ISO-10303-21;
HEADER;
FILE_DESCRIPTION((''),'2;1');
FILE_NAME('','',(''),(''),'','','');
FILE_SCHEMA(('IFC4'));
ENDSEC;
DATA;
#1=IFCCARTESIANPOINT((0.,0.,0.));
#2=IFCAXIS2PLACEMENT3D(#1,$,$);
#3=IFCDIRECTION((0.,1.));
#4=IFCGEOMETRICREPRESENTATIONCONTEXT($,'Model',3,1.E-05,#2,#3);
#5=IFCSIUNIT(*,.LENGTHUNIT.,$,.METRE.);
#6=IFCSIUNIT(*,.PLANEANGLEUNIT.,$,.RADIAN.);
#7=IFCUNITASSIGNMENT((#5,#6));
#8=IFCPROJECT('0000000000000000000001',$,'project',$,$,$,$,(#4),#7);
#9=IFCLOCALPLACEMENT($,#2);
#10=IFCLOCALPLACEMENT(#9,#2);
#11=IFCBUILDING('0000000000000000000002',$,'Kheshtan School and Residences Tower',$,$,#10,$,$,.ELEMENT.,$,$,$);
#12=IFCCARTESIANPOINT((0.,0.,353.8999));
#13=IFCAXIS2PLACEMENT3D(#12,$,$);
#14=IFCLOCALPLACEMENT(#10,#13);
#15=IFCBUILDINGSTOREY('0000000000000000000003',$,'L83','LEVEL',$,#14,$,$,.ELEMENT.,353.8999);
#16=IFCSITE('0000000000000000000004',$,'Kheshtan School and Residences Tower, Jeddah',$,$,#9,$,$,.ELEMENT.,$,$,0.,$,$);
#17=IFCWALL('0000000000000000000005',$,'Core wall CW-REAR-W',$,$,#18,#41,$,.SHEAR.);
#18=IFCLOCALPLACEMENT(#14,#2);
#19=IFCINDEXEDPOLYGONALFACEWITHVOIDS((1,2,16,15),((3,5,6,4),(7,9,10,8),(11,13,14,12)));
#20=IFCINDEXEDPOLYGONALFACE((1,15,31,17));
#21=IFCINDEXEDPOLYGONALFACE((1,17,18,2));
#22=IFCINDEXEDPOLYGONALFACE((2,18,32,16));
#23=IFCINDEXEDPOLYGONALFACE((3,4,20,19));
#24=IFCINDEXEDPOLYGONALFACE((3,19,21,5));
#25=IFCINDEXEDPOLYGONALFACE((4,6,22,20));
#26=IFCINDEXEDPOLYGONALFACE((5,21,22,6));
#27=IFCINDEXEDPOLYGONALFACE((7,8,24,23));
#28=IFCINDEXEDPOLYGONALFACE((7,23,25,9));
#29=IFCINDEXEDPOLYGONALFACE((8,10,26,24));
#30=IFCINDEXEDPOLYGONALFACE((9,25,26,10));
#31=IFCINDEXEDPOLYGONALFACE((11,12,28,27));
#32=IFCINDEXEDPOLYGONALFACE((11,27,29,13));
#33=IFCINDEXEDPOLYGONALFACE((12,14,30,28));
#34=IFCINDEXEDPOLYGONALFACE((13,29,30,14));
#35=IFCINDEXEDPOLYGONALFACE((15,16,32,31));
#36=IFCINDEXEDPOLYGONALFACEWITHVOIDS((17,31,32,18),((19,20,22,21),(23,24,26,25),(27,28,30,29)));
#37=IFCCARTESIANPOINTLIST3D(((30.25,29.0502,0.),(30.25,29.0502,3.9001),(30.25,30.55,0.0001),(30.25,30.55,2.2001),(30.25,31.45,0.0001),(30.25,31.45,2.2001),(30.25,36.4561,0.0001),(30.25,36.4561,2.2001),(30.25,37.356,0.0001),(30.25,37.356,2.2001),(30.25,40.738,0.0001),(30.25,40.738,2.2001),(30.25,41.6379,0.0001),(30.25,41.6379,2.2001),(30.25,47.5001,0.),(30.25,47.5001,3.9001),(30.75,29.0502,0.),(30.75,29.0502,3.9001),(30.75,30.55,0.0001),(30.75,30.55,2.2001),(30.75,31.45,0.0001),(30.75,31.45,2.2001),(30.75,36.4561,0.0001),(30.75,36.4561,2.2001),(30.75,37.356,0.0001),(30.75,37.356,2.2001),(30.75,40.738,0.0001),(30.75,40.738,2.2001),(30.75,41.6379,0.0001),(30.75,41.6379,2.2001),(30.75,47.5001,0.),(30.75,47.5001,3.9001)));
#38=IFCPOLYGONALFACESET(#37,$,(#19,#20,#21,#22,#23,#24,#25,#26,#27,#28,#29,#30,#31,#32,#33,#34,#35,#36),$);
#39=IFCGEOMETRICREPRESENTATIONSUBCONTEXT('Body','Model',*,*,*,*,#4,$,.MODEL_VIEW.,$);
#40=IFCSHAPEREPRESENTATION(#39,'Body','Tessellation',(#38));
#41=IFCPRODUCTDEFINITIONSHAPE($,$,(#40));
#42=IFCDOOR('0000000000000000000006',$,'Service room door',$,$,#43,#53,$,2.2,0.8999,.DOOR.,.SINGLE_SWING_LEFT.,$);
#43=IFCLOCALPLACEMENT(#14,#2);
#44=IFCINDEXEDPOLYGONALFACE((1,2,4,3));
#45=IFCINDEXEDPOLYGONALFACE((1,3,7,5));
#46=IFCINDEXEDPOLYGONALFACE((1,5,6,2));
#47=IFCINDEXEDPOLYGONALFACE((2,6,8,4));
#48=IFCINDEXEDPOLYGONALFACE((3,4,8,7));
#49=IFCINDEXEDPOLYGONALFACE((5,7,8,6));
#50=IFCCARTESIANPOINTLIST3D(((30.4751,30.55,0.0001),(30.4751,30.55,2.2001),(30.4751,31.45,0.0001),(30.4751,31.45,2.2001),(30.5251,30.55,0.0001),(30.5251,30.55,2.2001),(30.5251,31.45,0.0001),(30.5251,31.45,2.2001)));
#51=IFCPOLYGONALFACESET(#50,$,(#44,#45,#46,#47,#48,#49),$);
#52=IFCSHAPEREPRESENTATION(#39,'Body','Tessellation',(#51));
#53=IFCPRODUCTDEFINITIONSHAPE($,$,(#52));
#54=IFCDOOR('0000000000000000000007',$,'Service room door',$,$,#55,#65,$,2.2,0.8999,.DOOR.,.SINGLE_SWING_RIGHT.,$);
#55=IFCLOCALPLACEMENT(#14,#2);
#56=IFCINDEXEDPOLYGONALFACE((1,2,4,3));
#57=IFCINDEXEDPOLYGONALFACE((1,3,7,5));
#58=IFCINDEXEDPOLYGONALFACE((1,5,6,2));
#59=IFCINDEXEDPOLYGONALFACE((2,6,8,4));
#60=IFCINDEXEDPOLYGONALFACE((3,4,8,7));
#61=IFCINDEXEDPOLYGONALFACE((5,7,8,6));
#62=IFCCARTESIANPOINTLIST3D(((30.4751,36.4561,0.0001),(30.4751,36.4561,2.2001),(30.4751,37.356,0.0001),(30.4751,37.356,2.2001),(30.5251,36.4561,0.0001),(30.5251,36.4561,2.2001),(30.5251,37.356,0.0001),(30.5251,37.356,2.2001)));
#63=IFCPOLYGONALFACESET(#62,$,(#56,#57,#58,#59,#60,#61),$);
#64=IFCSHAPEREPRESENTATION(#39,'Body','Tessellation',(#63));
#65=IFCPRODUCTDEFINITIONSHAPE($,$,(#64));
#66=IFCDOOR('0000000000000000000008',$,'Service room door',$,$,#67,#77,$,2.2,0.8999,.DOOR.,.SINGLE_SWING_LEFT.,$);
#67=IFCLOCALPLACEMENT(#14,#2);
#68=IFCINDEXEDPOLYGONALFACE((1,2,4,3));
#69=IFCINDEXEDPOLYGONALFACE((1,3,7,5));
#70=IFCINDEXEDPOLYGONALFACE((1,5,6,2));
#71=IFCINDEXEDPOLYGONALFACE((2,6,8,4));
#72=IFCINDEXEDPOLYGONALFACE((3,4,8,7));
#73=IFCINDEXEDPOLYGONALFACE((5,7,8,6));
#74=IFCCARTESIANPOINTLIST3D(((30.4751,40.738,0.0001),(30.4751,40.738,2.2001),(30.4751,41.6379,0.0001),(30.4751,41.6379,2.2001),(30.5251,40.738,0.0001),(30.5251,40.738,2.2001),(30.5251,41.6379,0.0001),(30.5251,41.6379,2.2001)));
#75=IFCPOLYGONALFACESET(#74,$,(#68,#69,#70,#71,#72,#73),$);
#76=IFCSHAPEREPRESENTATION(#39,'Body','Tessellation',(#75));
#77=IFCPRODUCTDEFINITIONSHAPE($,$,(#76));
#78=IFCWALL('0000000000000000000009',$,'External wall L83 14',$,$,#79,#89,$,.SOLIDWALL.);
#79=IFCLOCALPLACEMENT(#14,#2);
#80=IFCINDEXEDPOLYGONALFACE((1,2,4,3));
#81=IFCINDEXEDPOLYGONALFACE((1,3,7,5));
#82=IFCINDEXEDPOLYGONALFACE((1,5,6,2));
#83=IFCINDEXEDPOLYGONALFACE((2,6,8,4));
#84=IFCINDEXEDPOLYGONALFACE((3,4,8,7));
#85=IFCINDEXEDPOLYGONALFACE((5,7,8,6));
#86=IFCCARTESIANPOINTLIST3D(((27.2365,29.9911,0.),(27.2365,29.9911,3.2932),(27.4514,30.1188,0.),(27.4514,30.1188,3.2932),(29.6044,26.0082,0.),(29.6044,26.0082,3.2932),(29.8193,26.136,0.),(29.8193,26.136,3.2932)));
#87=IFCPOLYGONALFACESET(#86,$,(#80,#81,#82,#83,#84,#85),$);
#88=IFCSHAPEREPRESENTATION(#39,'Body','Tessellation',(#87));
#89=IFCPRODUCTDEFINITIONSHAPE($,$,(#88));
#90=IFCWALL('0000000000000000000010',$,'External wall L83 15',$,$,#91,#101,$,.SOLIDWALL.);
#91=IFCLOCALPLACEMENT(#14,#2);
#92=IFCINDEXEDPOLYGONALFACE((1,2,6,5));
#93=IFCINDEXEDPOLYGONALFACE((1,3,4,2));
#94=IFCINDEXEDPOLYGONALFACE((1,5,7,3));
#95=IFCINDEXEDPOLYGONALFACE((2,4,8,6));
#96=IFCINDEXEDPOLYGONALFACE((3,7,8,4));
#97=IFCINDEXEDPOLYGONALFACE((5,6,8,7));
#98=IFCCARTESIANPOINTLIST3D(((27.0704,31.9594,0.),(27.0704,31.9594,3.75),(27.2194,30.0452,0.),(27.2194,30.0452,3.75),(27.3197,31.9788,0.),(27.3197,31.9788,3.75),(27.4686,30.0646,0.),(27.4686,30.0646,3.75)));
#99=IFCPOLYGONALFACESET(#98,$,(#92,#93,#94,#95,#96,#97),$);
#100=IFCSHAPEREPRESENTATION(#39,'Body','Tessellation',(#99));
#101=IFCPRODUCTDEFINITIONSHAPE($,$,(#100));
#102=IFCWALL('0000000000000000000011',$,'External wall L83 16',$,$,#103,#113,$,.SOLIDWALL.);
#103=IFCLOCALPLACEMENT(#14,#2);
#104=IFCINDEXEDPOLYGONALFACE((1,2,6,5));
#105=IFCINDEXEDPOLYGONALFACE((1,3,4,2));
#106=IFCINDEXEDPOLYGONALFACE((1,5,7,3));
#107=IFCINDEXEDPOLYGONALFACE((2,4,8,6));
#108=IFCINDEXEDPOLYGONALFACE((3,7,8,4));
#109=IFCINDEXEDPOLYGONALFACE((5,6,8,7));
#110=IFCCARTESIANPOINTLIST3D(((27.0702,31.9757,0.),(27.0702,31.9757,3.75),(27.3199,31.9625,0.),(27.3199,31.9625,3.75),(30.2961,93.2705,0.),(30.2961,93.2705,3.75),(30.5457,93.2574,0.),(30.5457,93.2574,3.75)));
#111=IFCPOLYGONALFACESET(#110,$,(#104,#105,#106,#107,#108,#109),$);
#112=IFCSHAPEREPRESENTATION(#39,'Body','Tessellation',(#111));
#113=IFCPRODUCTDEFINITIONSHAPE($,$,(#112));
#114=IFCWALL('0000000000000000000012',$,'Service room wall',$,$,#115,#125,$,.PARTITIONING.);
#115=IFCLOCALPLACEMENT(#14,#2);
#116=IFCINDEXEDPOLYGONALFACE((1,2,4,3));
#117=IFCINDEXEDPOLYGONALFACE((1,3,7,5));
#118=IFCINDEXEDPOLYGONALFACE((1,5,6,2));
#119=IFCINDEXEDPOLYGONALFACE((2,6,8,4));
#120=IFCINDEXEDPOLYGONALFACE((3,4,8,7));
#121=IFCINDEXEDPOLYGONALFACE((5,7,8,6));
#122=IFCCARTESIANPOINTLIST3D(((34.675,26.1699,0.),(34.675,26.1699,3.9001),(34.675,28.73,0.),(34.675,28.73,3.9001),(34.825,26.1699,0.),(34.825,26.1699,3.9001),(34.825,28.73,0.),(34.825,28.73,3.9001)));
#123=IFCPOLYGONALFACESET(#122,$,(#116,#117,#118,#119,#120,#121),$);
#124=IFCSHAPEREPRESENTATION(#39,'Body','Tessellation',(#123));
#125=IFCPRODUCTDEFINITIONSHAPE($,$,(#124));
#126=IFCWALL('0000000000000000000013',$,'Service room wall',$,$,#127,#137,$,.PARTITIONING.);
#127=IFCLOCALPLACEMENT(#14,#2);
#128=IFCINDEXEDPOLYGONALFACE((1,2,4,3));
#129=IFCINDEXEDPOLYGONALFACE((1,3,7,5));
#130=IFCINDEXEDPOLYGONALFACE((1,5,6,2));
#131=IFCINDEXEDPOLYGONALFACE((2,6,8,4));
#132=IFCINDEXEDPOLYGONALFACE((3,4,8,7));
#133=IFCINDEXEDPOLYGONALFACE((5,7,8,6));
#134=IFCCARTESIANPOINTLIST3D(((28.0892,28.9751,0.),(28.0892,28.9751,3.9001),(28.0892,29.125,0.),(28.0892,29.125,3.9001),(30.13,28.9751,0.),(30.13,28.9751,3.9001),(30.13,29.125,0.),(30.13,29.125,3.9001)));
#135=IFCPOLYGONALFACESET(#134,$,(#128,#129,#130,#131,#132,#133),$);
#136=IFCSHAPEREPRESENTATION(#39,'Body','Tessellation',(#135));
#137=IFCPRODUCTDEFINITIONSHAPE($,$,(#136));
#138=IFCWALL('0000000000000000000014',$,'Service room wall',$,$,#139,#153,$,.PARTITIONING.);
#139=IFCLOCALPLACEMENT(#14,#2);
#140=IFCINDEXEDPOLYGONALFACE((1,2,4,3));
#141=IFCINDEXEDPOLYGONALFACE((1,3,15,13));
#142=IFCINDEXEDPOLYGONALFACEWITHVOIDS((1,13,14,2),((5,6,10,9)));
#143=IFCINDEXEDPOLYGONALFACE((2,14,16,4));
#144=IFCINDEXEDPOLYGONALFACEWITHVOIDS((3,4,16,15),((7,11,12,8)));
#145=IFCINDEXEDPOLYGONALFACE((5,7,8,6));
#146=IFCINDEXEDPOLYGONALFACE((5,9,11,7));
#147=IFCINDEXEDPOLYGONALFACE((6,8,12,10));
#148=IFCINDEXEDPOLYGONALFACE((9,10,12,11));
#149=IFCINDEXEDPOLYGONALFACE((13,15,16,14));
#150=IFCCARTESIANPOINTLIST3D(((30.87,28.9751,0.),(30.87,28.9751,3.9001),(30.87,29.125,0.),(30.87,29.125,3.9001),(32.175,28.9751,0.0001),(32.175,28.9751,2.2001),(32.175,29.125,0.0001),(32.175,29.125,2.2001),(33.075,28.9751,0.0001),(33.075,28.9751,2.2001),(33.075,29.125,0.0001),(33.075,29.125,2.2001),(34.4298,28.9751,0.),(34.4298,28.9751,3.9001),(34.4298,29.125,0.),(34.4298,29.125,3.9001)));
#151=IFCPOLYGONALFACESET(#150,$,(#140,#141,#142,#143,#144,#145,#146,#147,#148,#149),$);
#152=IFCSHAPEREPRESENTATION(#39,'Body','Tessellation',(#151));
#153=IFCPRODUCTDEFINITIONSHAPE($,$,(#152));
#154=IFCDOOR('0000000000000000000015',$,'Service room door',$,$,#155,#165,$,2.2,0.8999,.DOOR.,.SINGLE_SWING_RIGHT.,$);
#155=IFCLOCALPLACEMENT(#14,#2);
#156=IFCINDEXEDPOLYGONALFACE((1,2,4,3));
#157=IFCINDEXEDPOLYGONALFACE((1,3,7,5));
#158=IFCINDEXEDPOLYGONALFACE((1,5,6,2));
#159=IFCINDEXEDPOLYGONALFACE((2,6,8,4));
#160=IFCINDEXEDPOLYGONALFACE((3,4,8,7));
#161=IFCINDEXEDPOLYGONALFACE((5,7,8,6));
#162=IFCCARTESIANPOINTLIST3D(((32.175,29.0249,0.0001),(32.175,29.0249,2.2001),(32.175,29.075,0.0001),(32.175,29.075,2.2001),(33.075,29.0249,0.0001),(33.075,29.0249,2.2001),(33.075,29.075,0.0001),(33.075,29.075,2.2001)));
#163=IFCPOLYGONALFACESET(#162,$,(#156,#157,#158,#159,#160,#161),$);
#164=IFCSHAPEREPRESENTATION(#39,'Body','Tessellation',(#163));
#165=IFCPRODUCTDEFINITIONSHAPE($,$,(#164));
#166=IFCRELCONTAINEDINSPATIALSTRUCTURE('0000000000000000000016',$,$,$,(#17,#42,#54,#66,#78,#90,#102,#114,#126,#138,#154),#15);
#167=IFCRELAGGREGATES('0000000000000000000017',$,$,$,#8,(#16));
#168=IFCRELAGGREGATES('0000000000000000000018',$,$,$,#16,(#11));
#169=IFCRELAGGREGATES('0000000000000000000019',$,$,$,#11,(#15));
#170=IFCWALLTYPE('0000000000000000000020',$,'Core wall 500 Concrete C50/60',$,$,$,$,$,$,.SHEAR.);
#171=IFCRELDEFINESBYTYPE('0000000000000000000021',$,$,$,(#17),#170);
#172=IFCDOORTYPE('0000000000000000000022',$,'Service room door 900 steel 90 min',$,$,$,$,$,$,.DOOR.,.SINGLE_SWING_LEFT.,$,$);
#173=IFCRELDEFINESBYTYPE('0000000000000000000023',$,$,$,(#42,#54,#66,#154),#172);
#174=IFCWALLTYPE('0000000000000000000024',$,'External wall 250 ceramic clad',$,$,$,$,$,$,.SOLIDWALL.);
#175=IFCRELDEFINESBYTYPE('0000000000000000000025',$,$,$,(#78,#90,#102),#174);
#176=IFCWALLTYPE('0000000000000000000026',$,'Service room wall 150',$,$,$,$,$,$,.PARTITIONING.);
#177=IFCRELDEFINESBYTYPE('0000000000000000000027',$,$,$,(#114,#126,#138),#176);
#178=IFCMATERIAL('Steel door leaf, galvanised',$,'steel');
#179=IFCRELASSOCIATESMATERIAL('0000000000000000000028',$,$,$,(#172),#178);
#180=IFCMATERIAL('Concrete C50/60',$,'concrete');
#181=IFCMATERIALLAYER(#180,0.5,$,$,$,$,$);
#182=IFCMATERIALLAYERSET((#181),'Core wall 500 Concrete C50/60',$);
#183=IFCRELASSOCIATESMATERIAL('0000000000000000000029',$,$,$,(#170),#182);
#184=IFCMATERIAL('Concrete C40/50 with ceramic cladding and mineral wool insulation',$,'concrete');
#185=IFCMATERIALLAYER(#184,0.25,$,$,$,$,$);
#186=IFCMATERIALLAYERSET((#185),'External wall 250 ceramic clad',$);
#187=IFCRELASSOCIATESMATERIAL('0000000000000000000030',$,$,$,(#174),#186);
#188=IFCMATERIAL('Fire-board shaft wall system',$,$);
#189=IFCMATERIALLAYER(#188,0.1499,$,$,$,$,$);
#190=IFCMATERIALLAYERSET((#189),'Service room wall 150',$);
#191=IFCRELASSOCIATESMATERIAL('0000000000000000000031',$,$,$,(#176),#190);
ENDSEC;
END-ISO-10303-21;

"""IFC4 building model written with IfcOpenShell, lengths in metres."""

from ifc_helpers import new_model, si_unit, direction, frame, frame_2d, origin, place, context, subcontext, project, spatial, rectangle, extrude, source, transform, mapped, material, layer, layer_set, type_object, element, fill, save


model = new_model("IFC4")

# Units and contexts
model_context = context("Model", 3, precision=1e-05, world=origin(), true_north=direction((0.0, 1.0)))
body_context = subcontext(model_context, "Body", "Model", "MODEL_VIEW")
ifc_project = project(units=[si_unit("LENGTHUNIT", "METRE"), si_unit("PLANEANGLEUNIT", "RADIAN")], contexts=[model_context])

# Site, building, storey
site_placement = place(None, origin())
site = spatial("IfcSite", under=ifc_project, at=site_placement, Name="Kheshtan School and Residences Tower, Jeddah", CompositionType="ELEMENT", RefElevation=0.0)
building_placement = place(site_placement, origin())
building = spatial("IfcBuilding", under=site, at=building_placement, Name="Kheshtan School and Residences Tower", CompositionType="ELEMENT")
storey_placement = place(building_placement, frame((0.0, 0.0, 353.8999)))
storey = spatial("IfcBuildingStorey", under=building, at=storey_placement, Name="L83", Description="LEVEL", CompositionType="ELEMENT", Elevation=353.8999)

# Shared definitions
ifc_material_1 = material(Name="Concrete C50/60", Category="concrete")
ifc_material_2 = material(Name="Steel door leaf, galvanised", Category="steel")
door_type_1 = type_object("IfcDoorType", Name="Service room door 900 steel 90 min", OperationType="SINGLE_SWING_LEFT", PredefinedType="DOOR", material=ifc_material_2)
shared_shape_1 = source(origin(), body_context, "Body", "SweptSolid", [
    extrude(rectangle(XDim=0.8999, YDim=2.2, at=frame_2d((0.45, 1.1001))), frame((0.0, 0.0249, 0.0), z_axis=(0.0, -1.0, 0.0), x_axis=(1.0, 0.0, 0.0)), (0.0, 0.0, 1.0), 0.05),
])

# Shared definitions
ifc_layer_1 = layer(ifc_material_1, 0.5)
ifc_layer_set_1 = layer_set([ifc_layer_1], Name="Core wall 500 Concrete C50/60")
wall_type_1 = type_object("IfcWallType", Name="Core wall 500 Concrete C50/60", PredefinedType="SHEAR", material=ifc_layer_set_1)

# Wall, openings, doors
wall_1_placement = place(storey_placement, frame((30.5, 29.05, 0.0), z_axis=(0.0, 0.0, 1.0), x_axis=(0.0, 1.0, 0.0)))
wall_1 = element("IfcWall", 1, at=wall_1_placement, inside=storey, type_object=wall_type_1, Name="Core wall CW-REAR-W", PredefinedType="SHEAR", context=body_context, shape_type="SweptSolid", body=[
    extrude(rectangle(XDim=18.45, YDim=0.5, at=frame_2d((9.2251, 0.0))), origin(), (0.0, 0.0, 1.0), 3.9001),
])
opening_1_placement = place(wall_1_placement, frame((1.5, 0.0, 0.0)))
opening_1 = element("IfcOpeningElement", 2, at=opening_1_placement, cuts=wall_1, PredefinedType="OPENING", context=body_context, shape_type="SweptSolid", body=[
    extrude(rectangle(XDim=0.8999, YDim=2.2, at=frame_2d((0.45, 1.1001))), frame((0.0, 0.26, 0.0), z_axis=(0.0, -1.0, 0.0), x_axis=(1.0, 0.0, 0.0)), (0.0, 0.0, 1.0), 0.52),
])
opening_2_placement = place(wall_1_placement, frame((7.406, 0.0, 0.0)))
opening_2 = element("IfcOpeningElement", 3, at=opening_2_placement, cuts=wall_1, PredefinedType="OPENING", context=body_context, shape_type="SweptSolid", body=[
    extrude(rectangle(XDim=0.8999, YDim=2.2, at=frame_2d((0.45, 1.1001))), frame((0.0, 0.26, 0.0), z_axis=(0.0, -1.0, 0.0), x_axis=(1.0, 0.0, 0.0)), (0.0, 0.0, 1.0), 0.52),
])
opening_3_placement = place(wall_1_placement, frame((11.688, 0.0, 0.0)))
opening_3 = element("IfcOpeningElement", 4, at=opening_3_placement, cuts=wall_1, PredefinedType="OPENING", context=body_context, shape_type="SweptSolid", body=[
    extrude(rectangle(XDim=0.8999, YDim=2.2, at=frame_2d((0.45, 1.1001))), frame((0.0, 0.26, 0.0), z_axis=(0.0, -1.0, 0.0), x_axis=(1.0, 0.0, 0.0)), (0.0, 0.0, 1.0), 0.52),
])
door_1_placement = place(opening_1_placement, origin())
door_1 = element("IfcDoor", 5, at=door_1_placement, inside=storey, type_object=door_type_1, Name="Service room door", OperationType="SINGLE_SWING_LEFT", OverallHeight=2.2, OverallWidth=0.8999, PredefinedType="DOOR", context=body_context, shape_type="MappedRepresentation", body=[
    mapped(shared_shape_1, transform((0.0, 0.0, 0.0), x_axis=(1.0, 0.0, 0.0), y_axis=(0.0, 1.0, 0.0), z_axis=(0.0, 0.0, 1.0), scale=1.0)),
])
fill(opening_1, door_1)
door_2_placement = place(opening_2_placement, origin())
door_2 = element("IfcDoor", 6, at=door_2_placement, inside=storey, type_object=door_type_1, Name="Service room door", OperationType="SINGLE_SWING_RIGHT", OverallHeight=2.2, OverallWidth=0.8999, PredefinedType="DOOR", context=body_context, shape_type="MappedRepresentation", body=[
    mapped(shared_shape_1, transform((0.0, 0.0, 0.0), x_axis=(1.0, 0.0, 0.0), y_axis=(0.0, 1.0, 0.0), z_axis=(0.0, 0.0, 1.0), scale=1.0)),
])
fill(opening_2, door_2)
door_3_placement = place(opening_3_placement, origin())
door_3 = element("IfcDoor", 7, at=door_3_placement, inside=storey, type_object=door_type_1, Name="Service room door", OperationType="SINGLE_SWING_LEFT", OverallHeight=2.2, OverallWidth=0.8999, PredefinedType="DOOR", context=body_context, shape_type="MappedRepresentation", body=[
    mapped(shared_shape_1, transform((0.0, 0.0, 0.0), x_axis=(1.0, 0.0, 0.0), y_axis=(0.0, 1.0, 0.0), z_axis=(0.0, 0.0, 1.0), scale=1.0)),
])
fill(opening_3, door_3)

# Walls
ifc_material_3 = material(Name="Concrete C40/50 with ceramic cladding and mineral wool insulation", Category="concrete")
ifc_layer_2 = layer(ifc_material_3, 0.25)
ifc_layer_set_2 = layer_set([ifc_layer_2], Name="External wall 250 ceramic clad")
wall_type_2 = type_object("IfcWallType", Name="External wall 250 ceramic clad", PredefinedType="SOLIDWALL", material=ifc_layer_set_2)
wall_2_placement = place(storey_placement, frame((29.7119, 26.072, 0.0), z_axis=(0.0, 0.0, 1.0), x_axis=(-0.511028, 0.859564, 0.0)))
element("IfcWall", 8, at=wall_2_placement, inside=storey, type_object=wall_type_2, Name="External wall L83 14", PredefinedType="SOLIDWALL", context=body_context, shape_type="SweptSolid", body=[
    extrude(rectangle(XDim=4.6335, YDim=0.25, at=frame_2d((2.3169, 0.0))), origin(), (0.0, 0.0, 1.0), 3.2932),
])
wall_3_placement = place(storey_placement, frame((27.344, 30.0549, 0.0), z_axis=(0.0, 0.0, 1.0), x_axis=(-0.077572, 0.996987, 0.0)))
element("IfcWall", 9, at=wall_3_placement, inside=storey, type_object=wall_type_2, Name="External wall L83 15", PredefinedType="SOLIDWALL", context=body_context, shape_type="SweptSolid", body=[
    extrude(rectangle(XDim=1.9199, YDim=0.25, at=frame_2d((0.96, 0.0))), origin(), (0.0, 0.0, 1.0), 3.75),
])
wall_4_placement = place(storey_placement, frame((27.1951, 31.969, 0.0), z_axis=(0.0, 0.0, 1.0), x_axis=(0.052555, 0.998618, 0.0)))
element("IfcWall", 10, at=wall_4_placement, inside=storey, type_object=wall_type_2, Name="External wall L83 16", PredefinedType="SOLIDWALL", context=body_context, shape_type="SweptSolid", body=[
    extrude(rectangle(XDim=61.3796, YDim=0.25, at=frame_2d((30.6899, 0.0))), origin(), (0.0, 0.0, 1.0), 3.75),
])
ifc_material_4 = material(Name="Fire-board shaft wall system")
ifc_layer_3 = layer(ifc_material_4, 0.1499)
ifc_layer_set_3 = layer_set([ifc_layer_3], Name="Service room wall 150")
wall_type_3 = type_object("IfcWallType", Name="Service room wall 150", PredefinedType="PARTITIONING", material=ifc_layer_set_3)
wall_5_placement = place(storey_placement, frame((34.75, 26.1699, 0.0), z_axis=(0.0, 0.0, 1.0), x_axis=(0.0, 1.0, 0.0)))
element("IfcWall", 11, at=wall_5_placement, inside=storey, type_object=wall_type_3, Name="Service room wall", PredefinedType="PARTITIONING", context=body_context, shape_type="SweptSolid", body=[
    extrude(rectangle(XDim=2.5601, YDim=0.1499, at=frame_2d((1.28, 0.0))), origin(), (0.0, 0.0, 1.0), 3.9001),
])
wall_6_placement = place(storey_placement, frame((28.0891, 29.05, 0.0), z_axis=(0.0, 0.0, 1.0), x_axis=(1.0, 0.0, 0.0)))
element("IfcWall", 12, at=wall_6_placement, inside=storey, type_object=wall_type_3, Name="Service room wall", PredefinedType="PARTITIONING", context=body_context, shape_type="SweptSolid", body=[
    extrude(rectangle(XDim=2.0408, YDim=0.1499, at=frame_2d((1.0205, 0.0))), origin(), (0.0, 0.0, 1.0), 3.9001),
])

# Wall, opening, door
wall_7_placement = place(storey_placement, frame((30.8701, 29.05, 0.0), z_axis=(0.0, 0.0, 1.0), x_axis=(1.0, 0.0, 0.0)))
wall_7 = element("IfcWall", 13, at=wall_7_placement, inside=storey, type_object=wall_type_3, Name="Service room wall", PredefinedType="PARTITIONING", context=body_context, shape_type="SweptSolid", body=[
    extrude(rectangle(XDim=3.5598, YDim=0.1499, at=frame_2d((1.7798, 0.0))), origin(), (0.0, 0.0, 1.0), 3.9001),
])
opening_4_placement = place(wall_7_placement, frame((1.3049, 0.0, 0.0)))
opening_4 = element("IfcOpeningElement", 14, at=opening_4_placement, cuts=wall_7, PredefinedType="OPENING", context=body_context, shape_type="SweptSolid", body=[
    extrude(rectangle(XDim=0.8999, YDim=2.2, at=frame_2d((0.45, 1.1001))), frame((0.0, 0.085, 0.0), z_axis=(0.0, -1.0, 0.0), x_axis=(1.0, 0.0, 0.0)), (0.0, 0.0, 1.0), 0.1699),
])
door_4_placement = place(opening_4_placement, origin())
door_4 = element("IfcDoor", 15, at=door_4_placement, inside=storey, type_object=door_type_1, Name="Service room door", OperationType="SINGLE_SWING_RIGHT", OverallHeight=2.2, OverallWidth=0.8999, PredefinedType="DOOR", context=body_context, shape_type="MappedRepresentation", body=[
    mapped(shared_shape_1, transform((0.0, 0.0, 0.0), x_axis=(1.0, 0.0, 0.0), y_axis=(0.0, 1.0, 0.0), z_axis=(0.0, 0.0, 1.0), scale=1.0)),
])
fill(opening_4, door_4)

save(model, "model.ifc")
